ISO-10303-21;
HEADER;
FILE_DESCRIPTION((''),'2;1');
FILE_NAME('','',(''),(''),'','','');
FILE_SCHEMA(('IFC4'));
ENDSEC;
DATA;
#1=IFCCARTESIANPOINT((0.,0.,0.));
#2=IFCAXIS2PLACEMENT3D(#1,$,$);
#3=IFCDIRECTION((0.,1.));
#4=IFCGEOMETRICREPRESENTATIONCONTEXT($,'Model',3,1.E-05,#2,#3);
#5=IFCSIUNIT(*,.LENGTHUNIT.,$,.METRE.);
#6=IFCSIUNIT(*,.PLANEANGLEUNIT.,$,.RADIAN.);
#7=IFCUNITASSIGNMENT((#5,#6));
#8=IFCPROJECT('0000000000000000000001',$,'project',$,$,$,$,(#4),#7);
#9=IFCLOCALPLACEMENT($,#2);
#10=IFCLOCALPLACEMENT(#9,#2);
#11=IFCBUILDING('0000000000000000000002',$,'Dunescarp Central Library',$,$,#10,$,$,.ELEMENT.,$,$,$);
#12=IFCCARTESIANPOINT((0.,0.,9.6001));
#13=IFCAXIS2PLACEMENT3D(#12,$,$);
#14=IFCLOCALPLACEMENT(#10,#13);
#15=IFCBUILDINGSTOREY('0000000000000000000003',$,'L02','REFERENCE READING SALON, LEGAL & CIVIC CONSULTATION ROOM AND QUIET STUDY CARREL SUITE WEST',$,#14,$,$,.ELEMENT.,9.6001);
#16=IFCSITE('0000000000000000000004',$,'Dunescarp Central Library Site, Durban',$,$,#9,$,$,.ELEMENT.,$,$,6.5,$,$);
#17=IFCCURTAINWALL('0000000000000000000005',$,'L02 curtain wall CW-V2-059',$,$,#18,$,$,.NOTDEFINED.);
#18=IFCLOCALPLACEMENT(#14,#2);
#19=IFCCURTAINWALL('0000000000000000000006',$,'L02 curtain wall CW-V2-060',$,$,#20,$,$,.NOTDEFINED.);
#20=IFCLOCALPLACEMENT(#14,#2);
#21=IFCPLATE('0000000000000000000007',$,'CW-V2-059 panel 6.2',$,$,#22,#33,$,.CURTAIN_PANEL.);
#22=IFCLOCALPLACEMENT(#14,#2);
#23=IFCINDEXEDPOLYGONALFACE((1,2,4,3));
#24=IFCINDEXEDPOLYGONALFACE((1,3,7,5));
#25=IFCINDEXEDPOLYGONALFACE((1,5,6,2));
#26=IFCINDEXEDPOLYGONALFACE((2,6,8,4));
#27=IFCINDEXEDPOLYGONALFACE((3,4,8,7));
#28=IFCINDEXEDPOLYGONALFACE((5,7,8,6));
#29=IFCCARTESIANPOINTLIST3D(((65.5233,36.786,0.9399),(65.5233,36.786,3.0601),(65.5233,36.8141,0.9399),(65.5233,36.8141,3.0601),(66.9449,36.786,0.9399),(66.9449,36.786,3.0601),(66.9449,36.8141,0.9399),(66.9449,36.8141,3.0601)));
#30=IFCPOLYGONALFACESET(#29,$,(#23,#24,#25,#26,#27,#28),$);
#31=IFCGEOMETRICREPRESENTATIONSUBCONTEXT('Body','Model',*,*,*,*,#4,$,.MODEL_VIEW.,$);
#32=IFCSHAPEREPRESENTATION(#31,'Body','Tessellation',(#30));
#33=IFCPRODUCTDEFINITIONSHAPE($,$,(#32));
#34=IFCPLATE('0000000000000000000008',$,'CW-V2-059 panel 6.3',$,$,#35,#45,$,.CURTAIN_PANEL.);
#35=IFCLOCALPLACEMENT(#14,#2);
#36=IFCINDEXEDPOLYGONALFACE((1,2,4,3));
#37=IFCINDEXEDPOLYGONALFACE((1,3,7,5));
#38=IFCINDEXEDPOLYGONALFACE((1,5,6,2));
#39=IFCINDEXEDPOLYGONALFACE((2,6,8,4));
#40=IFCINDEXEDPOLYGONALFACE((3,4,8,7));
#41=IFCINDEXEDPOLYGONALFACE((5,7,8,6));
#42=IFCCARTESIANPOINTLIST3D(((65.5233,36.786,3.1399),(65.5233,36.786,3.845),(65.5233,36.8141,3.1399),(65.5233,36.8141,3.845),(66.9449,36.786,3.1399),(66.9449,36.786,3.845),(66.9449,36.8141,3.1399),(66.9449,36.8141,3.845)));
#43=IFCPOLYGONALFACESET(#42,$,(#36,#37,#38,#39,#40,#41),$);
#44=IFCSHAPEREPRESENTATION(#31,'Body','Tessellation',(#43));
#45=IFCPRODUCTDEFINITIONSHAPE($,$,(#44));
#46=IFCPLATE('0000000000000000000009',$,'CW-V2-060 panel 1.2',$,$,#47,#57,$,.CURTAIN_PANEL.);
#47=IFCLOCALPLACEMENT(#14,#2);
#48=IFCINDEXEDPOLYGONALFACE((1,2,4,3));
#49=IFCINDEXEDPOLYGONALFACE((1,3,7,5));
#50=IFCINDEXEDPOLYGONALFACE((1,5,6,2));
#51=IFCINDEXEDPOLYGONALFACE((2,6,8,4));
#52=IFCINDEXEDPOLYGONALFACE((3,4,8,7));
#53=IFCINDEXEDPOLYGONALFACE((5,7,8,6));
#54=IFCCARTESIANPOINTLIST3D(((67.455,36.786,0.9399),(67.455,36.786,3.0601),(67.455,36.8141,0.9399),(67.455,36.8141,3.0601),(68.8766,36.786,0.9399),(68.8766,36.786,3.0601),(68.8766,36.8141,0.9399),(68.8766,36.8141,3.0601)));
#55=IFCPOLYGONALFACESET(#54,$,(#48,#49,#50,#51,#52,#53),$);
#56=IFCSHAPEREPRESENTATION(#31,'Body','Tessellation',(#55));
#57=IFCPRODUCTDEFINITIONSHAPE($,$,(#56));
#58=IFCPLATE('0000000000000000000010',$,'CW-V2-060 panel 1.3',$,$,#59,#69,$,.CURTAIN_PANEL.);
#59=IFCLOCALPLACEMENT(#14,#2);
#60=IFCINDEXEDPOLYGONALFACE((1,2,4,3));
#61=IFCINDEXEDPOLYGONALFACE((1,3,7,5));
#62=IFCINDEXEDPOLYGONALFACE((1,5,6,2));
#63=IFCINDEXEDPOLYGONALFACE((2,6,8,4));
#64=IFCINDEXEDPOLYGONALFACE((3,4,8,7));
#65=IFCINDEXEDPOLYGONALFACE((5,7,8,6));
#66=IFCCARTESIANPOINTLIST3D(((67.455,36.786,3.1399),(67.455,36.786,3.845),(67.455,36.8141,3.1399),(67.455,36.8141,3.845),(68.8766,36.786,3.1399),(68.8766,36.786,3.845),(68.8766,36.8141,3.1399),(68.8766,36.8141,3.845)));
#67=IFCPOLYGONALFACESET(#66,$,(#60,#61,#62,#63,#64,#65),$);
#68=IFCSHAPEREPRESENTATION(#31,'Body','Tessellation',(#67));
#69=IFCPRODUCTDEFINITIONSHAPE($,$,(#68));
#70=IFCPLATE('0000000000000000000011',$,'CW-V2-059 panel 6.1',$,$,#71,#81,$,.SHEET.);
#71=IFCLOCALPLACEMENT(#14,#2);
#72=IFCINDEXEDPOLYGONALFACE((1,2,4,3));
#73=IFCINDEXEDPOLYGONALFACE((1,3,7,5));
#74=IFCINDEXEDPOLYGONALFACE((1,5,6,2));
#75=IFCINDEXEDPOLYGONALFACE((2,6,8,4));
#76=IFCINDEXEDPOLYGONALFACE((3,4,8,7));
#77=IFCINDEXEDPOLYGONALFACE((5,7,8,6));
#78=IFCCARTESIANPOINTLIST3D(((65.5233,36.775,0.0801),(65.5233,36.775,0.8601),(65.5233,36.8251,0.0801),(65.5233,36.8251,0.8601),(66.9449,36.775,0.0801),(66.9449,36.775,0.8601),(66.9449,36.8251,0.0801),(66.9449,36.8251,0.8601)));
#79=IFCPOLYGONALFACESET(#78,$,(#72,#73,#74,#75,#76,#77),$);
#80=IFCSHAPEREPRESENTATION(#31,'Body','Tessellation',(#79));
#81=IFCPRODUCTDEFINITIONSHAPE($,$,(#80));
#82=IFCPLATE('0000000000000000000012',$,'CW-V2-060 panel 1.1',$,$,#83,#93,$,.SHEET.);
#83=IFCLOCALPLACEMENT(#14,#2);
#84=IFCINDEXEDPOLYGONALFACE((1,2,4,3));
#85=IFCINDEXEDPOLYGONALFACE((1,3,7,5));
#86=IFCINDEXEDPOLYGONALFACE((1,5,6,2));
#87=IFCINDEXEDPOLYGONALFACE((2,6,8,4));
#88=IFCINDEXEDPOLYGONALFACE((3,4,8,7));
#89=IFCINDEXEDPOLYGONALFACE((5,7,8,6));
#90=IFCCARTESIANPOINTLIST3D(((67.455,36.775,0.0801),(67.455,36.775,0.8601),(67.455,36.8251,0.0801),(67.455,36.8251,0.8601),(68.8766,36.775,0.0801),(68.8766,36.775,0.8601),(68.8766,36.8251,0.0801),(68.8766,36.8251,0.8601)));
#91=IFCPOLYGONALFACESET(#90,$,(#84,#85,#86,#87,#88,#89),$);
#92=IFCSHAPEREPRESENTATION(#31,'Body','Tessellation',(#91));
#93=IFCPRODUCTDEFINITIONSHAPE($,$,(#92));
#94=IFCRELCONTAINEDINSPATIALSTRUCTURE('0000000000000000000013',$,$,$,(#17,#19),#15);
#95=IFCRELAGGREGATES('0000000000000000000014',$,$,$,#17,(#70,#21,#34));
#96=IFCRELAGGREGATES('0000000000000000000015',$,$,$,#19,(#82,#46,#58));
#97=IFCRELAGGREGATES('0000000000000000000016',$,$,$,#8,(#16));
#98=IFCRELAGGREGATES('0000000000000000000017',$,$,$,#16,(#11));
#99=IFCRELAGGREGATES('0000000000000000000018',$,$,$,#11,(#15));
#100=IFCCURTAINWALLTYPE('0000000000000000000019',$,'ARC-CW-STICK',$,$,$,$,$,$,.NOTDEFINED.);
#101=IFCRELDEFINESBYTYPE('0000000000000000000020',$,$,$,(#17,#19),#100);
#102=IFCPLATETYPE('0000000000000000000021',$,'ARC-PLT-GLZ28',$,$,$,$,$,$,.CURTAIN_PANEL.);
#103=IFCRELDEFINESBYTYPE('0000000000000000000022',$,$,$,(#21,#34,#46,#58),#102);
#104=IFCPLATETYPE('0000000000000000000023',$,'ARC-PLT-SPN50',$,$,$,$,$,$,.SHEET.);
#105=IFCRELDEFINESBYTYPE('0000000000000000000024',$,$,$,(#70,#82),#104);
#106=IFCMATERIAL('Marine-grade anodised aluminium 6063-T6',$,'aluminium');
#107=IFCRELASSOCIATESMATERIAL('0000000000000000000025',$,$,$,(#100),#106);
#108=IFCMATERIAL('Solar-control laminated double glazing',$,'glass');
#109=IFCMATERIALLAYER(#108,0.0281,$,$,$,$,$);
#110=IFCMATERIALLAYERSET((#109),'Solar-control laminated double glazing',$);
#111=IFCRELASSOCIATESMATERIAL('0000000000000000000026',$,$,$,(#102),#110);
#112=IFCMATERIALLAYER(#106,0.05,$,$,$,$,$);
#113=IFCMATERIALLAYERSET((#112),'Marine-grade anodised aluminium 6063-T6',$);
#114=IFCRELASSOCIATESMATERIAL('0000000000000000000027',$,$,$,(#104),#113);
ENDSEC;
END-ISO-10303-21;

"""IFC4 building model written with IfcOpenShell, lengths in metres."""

from ifc_helpers import new_model, si_unit, direction, frame, origin, origin_2d, place, context, subcontext, project, spatial, rectangle, extrude, material, layer, layer_set, type_object, element, aggregate, save


model = new_model("IFC4")

# Units and contexts
model_context = context("Model", 3, precision=1e-05, world=origin(), true_north=direction((0.0, 1.0)))
body_context = subcontext(model_context, "Body", "Model", "MODEL_VIEW")
ifc_project = project(units=[si_unit("LENGTHUNIT", "METRE"), si_unit("PLANEANGLEUNIT", "RADIAN")], contexts=[model_context])

# Site, building, storey
site_placement = place(None, origin())
site = spatial("IfcSite", under=ifc_project, at=site_placement, Name="Dunescarp Central Library Site, Durban", CompositionType="ELEMENT", RefElevation=6.5)
building_placement = place(site_placement, origin())
building = spatial("IfcBuilding", under=site, at=building_placement, Name="Dunescarp Central Library", CompositionType="ELEMENT")
storey_placement = place(building_placement, frame((0.0, 0.0, 9.6001)))
storey = spatial("IfcBuildingStorey", under=building, at=storey_placement, Name="L02", Description="REFERENCE READING SALON, LEGAL & CIVIC CONSULTATION ROOM AND QUIET STUDY CARREL SUITE WEST", CompositionType="ELEMENT", Elevation=9.6001)

# Curtain wall
ifc_material_1 = material(Name="Marine-grade anodised aluminium 6063-T6", Category="aluminium")
curtain_wall_type = type_object("IfcCurtainWallType", Name="ARC-CW-STICK", PredefinedType="NOTDEFINED", material=ifc_material_1)
curtain_wall_1_placement = place(storey_placement, origin())
curtain_wall_1 = element("IfcCurtainWall", 1, at=curtain_wall_1_placement, inside=storey, type_object=curtain_wall_type, Name="L02 curtain wall CW-V2-059", PredefinedType="NOTDEFINED")

# Curtain wall
curtain_wall_2_placement = place(storey_placement, origin())
curtain_wall_2 = element("IfcCurtainWall", 2, at=curtain_wall_2_placement, inside=storey, type_object=curtain_wall_type, Name="L02 curtain wall CW-V2-060", PredefinedType="NOTDEFINED")

# Plates
ifc_material_2 = material(Name="Solar-control laminated double glazing", Category="glass")
ifc_layer_1 = layer(ifc_material_2, 0.0281)
ifc_layer_set_1 = layer_set([ifc_layer_1], Name="Solar-control laminated double glazing")
plate_type_1 = type_object("IfcPlateType", Name="ARC-PLT-GLZ28", PredefinedType="CURTAIN_PANEL", material=ifc_layer_set_1)
plate_1_placement = place(storey_placement, frame((66.2341, 36.8, 0.9399), z_axis=(0.0, 0.0, 1.0), x_axis=(1.0, 0.0, 0.0)))
plate_1 = element("IfcPlate", 3, at=plate_1_placement, type_object=plate_type_1, Name="CW-V2-059 panel 6.2", PredefinedType="CURTAIN_PANEL", context=body_context, shape_type="SweptSolid", body=[
    extrude(rectangle(XDim=1.4216, YDim=0.0281, at=origin_2d()), origin(), (0.0, 0.0, 1.0), 2.1201),
])
plate_2_placement = place(storey_placement, frame((66.2341, 36.8, 3.1399), z_axis=(0.0, 0.0, 1.0), x_axis=(1.0, 0.0, 0.0)))
plate_2 = element("IfcPlate", 4, at=plate_2_placement, type_object=plate_type_1, Name="CW-V2-059 panel 6.3", PredefinedType="CURTAIN_PANEL", context=body_context, shape_type="SweptSolid", body=[
    extrude(rectangle(XDim=1.4216, YDim=0.0281, at=origin_2d()), origin(), (0.0, 0.0, 1.0), 0.7051),
])
plate_3_placement = place(storey_placement, frame((68.1658, 36.8, 0.9399), z_axis=(0.0, 0.0, 1.0), x_axis=(1.0, 0.0, 0.0)))
plate_3 = element("IfcPlate", 5, at=plate_3_placement, type_object=plate_type_1, Name="CW-V2-060 panel 1.2", PredefinedType="CURTAIN_PANEL", context=body_context, shape_type="SweptSolid", body=[
    extrude(rectangle(XDim=1.4216, YDim=0.0281, at=origin_2d()), origin(), (0.0, 0.0, 1.0), 2.1201),
])
plate_4_placement = place(storey_placement, frame((68.1658, 36.8, 3.1399), z_axis=(0.0, 0.0, 1.0), x_axis=(1.0, 0.0, 0.0)))
plate_4 = element("IfcPlate", 6, at=plate_4_placement, type_object=plate_type_1, Name="CW-V2-060 panel 1.3", PredefinedType="CURTAIN_PANEL", context=body_context, shape_type="SweptSolid", body=[
    extrude(rectangle(XDim=1.4216, YDim=0.0281, at=origin_2d()), origin(), (0.0, 0.0, 1.0), 0.7051),
])
ifc_layer_2 = layer(ifc_material_1, 0.05)
ifc_layer_set_2 = layer_set([ifc_layer_2], Name="Marine-grade anodised aluminium 6063-T6")
plate_type_2 = type_object("IfcPlateType", Name="ARC-PLT-SPN50", PredefinedType="SHEET", material=ifc_layer_set_2)
plate_5_placement = place(storey_placement, frame((66.2341, 36.8, 0.0801), z_axis=(0.0, 0.0, 1.0), x_axis=(1.0, 0.0, 0.0)))
plate_5 = element("IfcPlate", 7, at=plate_5_placement, type_object=plate_type_2, Name="CW-V2-059 panel 6.1", PredefinedType="SHEET", context=body_context, shape_type="SweptSolid", body=[
    extrude(rectangle(XDim=1.4216, YDim=0.05, at=origin_2d()), origin(), (0.0, 0.0, 1.0), 0.78),
])
aggregate(curtain_wall_1, [plate_5, plate_1, plate_2])
plate_6_placement = place(storey_placement, frame((68.1658, 36.8, 0.0801), z_axis=(0.0, 0.0, 1.0), x_axis=(1.0, 0.0, 0.0)))
plate_6 = element("IfcPlate", 8, at=plate_6_placement, type_object=plate_type_2, Name="CW-V2-060 panel 1.1", PredefinedType="SHEET", context=body_context, shape_type="SweptSolid", body=[
    extrude(rectangle(XDim=1.4216, YDim=0.05, at=origin_2d()), origin(), (0.0, 0.0, 1.0), 0.78),
])
aggregate(curtain_wall_2, [plate_6, plate_3, plate_4])

save(model, "model.ifc")
